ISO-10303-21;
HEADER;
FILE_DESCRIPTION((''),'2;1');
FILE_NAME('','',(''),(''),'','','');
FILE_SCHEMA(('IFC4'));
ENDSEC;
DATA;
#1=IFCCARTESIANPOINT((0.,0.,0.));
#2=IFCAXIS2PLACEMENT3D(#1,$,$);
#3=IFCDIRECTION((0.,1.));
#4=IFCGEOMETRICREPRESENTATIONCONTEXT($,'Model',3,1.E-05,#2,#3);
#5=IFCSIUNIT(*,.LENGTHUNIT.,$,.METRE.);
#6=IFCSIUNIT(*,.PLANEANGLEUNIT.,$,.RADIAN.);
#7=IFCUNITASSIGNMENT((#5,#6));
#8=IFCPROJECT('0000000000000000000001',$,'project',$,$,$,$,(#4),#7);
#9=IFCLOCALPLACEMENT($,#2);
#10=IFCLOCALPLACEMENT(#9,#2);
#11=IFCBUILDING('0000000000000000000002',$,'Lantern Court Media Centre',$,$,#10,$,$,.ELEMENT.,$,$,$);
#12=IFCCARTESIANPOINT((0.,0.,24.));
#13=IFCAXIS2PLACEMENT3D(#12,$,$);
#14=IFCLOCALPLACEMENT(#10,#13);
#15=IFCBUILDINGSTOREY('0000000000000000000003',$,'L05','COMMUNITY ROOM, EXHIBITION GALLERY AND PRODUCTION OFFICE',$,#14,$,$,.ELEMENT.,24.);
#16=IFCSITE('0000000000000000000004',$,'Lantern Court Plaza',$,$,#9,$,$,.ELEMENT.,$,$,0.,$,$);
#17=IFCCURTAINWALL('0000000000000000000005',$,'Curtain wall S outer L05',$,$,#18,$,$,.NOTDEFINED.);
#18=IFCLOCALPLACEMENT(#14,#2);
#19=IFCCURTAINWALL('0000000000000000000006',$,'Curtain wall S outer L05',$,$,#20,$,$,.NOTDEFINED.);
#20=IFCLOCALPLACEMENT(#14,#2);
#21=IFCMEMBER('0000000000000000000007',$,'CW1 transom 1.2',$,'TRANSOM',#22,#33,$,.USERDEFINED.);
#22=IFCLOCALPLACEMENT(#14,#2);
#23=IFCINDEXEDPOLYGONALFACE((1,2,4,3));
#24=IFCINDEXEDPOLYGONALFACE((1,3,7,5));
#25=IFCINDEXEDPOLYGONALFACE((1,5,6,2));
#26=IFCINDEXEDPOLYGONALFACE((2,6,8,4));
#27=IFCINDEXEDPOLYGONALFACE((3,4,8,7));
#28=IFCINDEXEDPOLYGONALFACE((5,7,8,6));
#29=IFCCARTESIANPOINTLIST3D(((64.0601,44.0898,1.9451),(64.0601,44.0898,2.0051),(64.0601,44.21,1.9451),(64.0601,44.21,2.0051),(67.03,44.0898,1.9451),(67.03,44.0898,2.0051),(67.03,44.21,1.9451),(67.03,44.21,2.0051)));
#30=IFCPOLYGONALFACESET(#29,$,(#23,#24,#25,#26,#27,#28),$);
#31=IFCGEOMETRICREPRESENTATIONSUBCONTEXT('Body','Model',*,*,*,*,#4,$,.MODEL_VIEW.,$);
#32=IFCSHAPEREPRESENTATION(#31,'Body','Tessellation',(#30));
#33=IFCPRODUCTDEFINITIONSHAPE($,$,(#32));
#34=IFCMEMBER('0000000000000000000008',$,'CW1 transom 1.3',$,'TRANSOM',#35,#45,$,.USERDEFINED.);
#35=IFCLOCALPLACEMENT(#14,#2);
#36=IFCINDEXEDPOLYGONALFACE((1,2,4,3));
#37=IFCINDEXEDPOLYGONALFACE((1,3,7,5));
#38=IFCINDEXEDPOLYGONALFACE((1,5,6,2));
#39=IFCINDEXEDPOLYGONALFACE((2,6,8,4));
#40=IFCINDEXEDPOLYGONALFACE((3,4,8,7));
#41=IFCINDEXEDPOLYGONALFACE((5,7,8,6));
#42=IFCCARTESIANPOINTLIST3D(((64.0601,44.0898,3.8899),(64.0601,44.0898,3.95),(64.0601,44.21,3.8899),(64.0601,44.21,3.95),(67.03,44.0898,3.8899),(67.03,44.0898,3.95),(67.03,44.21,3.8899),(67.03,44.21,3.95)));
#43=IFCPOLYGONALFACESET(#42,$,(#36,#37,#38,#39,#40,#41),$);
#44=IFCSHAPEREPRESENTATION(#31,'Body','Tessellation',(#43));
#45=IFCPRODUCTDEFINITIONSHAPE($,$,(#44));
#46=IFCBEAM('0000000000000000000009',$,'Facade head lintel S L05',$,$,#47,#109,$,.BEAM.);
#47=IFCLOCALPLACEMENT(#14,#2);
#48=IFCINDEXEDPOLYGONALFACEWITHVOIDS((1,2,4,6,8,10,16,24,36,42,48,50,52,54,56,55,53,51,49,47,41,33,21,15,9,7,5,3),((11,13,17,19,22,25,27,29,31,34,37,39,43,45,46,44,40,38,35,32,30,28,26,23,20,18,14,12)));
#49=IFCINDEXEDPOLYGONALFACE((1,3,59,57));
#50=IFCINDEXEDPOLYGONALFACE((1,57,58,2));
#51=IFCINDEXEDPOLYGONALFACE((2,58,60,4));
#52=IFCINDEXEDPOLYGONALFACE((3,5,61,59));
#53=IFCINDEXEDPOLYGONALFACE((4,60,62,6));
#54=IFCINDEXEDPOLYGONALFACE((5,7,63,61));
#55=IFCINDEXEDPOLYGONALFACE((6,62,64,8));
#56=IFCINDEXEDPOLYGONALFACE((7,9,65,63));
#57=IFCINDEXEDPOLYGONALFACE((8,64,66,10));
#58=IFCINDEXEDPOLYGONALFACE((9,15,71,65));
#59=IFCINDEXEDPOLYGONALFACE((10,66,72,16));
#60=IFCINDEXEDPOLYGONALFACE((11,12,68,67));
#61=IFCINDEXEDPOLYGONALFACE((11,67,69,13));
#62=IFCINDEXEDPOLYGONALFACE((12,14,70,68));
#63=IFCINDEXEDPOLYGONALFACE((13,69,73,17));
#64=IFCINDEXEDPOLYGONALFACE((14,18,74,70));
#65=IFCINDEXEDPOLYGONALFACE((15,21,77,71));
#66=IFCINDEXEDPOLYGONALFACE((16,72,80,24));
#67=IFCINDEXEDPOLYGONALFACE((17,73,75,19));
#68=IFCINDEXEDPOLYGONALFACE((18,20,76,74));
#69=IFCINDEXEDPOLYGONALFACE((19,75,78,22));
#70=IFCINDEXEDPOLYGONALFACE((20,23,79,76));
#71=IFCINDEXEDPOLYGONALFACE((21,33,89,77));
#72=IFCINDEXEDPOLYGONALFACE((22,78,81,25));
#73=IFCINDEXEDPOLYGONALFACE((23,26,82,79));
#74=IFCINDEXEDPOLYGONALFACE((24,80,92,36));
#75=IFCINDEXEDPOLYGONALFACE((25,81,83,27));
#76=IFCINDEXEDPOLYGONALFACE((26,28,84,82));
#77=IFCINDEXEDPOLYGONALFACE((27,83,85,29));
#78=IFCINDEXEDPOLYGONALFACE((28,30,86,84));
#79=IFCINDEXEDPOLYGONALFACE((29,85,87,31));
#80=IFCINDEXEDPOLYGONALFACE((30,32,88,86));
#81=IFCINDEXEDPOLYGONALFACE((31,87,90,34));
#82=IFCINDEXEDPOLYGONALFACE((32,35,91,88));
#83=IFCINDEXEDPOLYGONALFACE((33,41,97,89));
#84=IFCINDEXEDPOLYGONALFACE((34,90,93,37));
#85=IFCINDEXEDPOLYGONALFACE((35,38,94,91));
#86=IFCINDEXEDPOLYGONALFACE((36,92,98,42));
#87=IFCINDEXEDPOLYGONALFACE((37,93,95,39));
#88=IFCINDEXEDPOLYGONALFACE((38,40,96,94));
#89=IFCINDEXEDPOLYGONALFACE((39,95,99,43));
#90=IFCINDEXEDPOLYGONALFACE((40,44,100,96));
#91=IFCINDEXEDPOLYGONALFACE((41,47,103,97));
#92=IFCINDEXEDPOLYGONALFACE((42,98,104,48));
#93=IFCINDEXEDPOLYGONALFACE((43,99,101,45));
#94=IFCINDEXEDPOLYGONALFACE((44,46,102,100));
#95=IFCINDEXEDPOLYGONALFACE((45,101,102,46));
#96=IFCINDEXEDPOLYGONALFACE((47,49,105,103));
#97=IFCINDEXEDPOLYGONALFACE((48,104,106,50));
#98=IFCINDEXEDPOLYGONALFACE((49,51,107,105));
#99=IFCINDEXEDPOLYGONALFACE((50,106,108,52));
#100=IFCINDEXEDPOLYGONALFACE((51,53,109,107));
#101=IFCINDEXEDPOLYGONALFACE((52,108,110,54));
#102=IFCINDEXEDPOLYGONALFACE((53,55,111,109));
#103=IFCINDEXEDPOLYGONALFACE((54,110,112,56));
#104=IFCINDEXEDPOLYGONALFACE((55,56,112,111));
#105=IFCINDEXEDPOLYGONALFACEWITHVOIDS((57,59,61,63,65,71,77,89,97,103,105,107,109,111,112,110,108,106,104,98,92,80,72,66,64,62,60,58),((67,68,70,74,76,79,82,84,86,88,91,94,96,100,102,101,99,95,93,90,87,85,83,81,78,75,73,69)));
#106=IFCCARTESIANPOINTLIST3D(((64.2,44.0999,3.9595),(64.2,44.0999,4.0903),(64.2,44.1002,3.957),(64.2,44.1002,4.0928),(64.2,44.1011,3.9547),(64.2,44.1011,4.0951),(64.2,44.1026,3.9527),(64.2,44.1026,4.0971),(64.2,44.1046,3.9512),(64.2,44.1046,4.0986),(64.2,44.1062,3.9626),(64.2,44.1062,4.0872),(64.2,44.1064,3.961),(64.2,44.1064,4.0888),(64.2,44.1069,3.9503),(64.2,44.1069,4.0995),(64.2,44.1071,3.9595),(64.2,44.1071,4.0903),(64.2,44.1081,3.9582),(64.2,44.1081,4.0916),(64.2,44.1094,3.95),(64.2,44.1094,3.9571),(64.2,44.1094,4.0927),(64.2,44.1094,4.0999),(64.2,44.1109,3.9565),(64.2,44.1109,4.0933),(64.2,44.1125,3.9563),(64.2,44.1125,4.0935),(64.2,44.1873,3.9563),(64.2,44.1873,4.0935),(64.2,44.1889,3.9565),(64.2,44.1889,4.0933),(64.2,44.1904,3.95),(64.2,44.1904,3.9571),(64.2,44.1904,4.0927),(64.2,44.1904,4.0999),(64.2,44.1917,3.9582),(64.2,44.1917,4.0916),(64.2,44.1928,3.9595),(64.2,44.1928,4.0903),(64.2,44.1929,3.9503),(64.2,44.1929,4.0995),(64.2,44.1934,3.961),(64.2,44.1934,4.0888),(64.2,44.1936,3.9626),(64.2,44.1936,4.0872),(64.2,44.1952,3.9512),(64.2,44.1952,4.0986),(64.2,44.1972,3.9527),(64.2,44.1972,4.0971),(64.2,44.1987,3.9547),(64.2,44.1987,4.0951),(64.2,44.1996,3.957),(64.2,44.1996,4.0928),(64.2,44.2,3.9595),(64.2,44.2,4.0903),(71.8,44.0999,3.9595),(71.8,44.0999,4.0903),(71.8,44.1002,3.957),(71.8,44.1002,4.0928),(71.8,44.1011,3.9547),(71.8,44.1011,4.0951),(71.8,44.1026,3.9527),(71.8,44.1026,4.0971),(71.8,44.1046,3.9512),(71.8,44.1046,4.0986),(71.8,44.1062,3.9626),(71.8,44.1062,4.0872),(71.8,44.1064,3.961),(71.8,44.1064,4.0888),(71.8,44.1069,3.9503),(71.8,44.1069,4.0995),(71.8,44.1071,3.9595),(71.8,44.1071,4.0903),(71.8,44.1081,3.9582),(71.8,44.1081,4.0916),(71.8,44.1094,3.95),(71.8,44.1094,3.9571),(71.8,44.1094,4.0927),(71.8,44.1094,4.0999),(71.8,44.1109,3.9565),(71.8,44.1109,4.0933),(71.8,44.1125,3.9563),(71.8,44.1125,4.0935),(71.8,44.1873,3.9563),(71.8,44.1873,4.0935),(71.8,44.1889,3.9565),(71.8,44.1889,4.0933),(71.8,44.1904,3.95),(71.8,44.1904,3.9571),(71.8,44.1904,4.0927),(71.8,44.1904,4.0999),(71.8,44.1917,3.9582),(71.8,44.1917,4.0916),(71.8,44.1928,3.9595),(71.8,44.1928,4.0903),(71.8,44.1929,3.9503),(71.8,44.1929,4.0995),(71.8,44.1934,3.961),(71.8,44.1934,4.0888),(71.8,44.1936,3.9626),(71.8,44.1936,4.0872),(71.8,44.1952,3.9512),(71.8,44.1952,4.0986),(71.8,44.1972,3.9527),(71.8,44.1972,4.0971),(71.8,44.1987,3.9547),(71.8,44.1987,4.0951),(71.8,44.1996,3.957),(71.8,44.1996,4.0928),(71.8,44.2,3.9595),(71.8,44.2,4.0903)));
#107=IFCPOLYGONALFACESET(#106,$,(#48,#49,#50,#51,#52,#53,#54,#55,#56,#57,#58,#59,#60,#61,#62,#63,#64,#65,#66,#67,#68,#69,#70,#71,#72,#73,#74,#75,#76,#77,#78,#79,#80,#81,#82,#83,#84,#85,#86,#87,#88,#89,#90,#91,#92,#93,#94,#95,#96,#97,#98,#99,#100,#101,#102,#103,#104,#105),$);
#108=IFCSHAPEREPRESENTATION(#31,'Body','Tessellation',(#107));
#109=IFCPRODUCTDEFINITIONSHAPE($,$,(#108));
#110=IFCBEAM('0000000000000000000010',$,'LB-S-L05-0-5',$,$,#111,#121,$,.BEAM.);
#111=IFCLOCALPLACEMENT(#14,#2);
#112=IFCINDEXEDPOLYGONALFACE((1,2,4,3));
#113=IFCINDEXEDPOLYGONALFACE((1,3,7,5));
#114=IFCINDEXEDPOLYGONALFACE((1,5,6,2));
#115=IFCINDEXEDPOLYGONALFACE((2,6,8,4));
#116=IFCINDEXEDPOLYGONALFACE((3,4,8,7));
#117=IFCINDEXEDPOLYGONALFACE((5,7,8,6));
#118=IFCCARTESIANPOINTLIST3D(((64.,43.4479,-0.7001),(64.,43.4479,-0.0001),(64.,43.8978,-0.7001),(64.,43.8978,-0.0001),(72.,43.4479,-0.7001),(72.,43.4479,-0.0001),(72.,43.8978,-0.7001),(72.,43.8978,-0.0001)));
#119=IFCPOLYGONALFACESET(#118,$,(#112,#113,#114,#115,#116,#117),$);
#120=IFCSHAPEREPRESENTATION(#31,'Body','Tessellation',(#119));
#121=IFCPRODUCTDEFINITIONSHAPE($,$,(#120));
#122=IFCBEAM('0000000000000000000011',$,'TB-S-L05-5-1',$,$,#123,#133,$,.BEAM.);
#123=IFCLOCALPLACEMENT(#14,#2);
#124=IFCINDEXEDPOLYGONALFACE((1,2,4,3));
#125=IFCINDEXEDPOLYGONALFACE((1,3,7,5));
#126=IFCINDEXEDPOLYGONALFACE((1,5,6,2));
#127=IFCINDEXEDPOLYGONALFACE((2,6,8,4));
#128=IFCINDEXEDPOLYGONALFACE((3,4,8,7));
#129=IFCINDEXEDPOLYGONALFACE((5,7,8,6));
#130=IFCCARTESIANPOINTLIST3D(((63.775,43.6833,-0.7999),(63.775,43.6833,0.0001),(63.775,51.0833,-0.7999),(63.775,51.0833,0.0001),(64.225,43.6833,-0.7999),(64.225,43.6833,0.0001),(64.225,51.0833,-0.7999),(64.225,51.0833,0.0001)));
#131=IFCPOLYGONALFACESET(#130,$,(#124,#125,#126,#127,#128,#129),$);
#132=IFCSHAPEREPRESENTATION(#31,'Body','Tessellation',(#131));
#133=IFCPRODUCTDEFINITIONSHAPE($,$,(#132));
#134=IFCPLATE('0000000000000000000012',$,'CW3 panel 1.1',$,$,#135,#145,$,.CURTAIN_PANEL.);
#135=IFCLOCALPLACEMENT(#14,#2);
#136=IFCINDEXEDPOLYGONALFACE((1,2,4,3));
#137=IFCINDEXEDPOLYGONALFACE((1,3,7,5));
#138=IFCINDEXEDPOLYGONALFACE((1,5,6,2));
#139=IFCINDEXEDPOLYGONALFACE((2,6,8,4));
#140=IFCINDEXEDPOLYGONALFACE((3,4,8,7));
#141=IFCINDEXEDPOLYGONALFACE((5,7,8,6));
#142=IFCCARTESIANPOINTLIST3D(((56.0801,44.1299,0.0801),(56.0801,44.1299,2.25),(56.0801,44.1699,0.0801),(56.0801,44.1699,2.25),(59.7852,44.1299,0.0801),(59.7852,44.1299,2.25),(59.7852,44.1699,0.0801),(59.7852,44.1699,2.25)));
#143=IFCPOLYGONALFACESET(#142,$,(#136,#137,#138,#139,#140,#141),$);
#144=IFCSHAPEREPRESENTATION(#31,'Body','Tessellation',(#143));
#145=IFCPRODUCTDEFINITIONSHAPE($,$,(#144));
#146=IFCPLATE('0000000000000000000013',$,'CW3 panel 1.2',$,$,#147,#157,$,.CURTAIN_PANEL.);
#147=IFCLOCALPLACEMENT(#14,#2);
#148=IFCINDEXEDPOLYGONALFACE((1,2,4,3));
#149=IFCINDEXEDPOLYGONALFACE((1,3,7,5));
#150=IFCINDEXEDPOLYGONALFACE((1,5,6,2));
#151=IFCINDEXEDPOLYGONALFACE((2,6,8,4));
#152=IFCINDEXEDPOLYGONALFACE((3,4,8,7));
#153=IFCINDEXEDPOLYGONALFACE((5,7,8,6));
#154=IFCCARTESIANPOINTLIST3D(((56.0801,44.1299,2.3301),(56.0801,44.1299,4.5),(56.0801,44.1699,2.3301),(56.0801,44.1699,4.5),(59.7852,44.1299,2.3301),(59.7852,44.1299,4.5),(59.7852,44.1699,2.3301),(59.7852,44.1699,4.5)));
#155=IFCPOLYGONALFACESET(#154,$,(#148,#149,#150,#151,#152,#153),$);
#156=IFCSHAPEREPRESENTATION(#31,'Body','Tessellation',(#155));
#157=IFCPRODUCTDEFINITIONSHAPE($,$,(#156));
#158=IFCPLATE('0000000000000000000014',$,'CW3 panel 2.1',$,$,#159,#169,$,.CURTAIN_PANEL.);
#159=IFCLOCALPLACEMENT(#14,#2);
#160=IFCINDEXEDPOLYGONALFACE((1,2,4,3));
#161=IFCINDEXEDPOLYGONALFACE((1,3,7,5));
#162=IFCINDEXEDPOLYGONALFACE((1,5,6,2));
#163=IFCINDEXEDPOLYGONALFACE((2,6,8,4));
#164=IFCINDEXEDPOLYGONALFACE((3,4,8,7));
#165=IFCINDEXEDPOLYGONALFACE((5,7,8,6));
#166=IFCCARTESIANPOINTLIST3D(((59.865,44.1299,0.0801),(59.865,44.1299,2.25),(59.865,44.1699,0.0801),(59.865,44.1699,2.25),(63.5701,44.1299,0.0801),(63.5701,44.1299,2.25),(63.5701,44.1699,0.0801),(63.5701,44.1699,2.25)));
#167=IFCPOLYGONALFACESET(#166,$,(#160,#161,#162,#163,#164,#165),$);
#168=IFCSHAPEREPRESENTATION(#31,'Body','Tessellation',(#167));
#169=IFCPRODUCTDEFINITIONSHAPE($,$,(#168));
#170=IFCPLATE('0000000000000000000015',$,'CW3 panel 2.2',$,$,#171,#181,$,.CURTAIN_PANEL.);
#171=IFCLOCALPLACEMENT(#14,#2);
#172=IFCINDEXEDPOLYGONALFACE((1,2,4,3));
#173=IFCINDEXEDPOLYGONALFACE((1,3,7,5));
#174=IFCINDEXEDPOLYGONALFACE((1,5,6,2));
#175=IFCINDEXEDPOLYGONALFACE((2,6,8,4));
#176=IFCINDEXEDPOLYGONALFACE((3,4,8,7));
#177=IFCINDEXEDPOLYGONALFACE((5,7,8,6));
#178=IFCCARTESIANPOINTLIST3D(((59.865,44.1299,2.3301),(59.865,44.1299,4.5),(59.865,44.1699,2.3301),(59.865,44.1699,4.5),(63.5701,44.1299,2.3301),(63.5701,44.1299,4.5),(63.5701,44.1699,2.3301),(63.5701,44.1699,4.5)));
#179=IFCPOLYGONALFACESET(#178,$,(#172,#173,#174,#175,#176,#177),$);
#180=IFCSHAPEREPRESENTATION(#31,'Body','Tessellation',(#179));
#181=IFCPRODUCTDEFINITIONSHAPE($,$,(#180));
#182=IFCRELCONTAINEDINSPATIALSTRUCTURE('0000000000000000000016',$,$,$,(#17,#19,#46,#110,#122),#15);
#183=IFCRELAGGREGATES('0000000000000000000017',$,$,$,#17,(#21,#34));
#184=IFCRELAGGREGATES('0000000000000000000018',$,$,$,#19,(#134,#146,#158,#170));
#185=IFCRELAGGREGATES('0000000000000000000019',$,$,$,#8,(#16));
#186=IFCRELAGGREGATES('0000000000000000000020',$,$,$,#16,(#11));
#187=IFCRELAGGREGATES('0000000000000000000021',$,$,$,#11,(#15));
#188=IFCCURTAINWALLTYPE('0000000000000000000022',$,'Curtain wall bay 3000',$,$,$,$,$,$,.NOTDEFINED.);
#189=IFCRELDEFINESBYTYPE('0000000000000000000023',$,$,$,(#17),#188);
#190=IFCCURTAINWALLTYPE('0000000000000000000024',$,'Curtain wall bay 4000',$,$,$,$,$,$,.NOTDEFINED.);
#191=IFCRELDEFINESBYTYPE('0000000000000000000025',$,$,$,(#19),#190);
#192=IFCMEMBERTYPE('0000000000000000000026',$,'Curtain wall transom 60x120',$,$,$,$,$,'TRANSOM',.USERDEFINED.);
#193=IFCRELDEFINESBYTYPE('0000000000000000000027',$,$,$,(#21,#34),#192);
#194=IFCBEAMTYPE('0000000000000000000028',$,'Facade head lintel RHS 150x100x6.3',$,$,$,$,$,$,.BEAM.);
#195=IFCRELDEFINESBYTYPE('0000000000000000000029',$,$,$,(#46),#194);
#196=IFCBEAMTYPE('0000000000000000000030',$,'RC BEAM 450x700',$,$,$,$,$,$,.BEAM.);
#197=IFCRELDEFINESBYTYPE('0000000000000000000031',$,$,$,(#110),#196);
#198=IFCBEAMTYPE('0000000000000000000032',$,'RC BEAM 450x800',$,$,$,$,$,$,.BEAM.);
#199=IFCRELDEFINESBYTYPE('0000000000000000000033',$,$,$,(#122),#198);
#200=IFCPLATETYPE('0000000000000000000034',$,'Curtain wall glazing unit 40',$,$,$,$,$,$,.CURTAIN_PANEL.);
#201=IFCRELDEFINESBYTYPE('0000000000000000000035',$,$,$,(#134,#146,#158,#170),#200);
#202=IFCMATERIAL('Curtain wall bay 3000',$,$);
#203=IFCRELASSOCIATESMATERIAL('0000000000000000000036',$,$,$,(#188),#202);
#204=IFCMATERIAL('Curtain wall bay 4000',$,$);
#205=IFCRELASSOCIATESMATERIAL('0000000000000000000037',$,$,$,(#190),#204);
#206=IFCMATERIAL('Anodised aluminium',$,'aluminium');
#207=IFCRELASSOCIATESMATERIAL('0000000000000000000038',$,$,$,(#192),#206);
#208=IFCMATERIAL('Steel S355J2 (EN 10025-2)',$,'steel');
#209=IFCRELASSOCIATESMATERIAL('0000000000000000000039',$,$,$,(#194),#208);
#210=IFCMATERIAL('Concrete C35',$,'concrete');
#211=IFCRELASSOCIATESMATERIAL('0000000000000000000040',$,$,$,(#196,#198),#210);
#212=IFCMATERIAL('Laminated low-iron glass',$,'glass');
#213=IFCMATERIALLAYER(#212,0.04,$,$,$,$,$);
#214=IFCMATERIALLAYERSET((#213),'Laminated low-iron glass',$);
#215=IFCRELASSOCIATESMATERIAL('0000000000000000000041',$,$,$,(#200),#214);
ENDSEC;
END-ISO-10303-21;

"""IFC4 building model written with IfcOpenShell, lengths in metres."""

from ifc_helpers import new_model, si_unit, direction, frame, origin, origin_2d, place, context, subcontext, project, spatial, rectangle, hollow_rectangle, extrude, material, layer, layer_set, material_profile, profile_set, type_object, element, aggregate, save


model = new_model("IFC4")

# Units and contexts
model_context = context("Model", 3, precision=1e-05, world=origin(), true_north=direction((0.0, 1.0)))
body_context = subcontext(model_context, "Body", "Model", "MODEL_VIEW")
ifc_project = project(units=[si_unit("LENGTHUNIT", "METRE"), si_unit("PLANEANGLEUNIT", "RADIAN")], contexts=[model_context])

# Site, building, storey
site_placement = place(None, origin())
site = spatial("IfcSite", under=ifc_project, at=site_placement, Name="Lantern Court Plaza", CompositionType="ELEMENT", RefElevation=0.0)
building_placement = place(site_placement, origin())
building = spatial("IfcBuilding", under=site, at=building_placement, Name="Lantern Court Media Centre", CompositionType="ELEMENT")
storey_placement = place(building_placement, frame((0.0, 0.0, 24.0)))
storey = spatial("IfcBuildingStorey", under=building, at=storey_placement, Name="L05", Description="COMMUNITY ROOM, EXHIBITION GALLERY AND PRODUCTION OFFICE", CompositionType="ELEMENT", Elevation=24.0)

# Shared definitions
ifc_material_1 = material(Name="Concrete C35", Category="concrete")

# Curtain wall
ifc_material_2 = material(Name="Curtain wall bay 3000")
curtain_wall_type_1 = type_object("IfcCurtainWallType", Name="Curtain wall bay 3000", PredefinedType="NOTDEFINED", material=ifc_material_2)
curtain_wall_1_placement = place(storey_placement, origin())
curtain_wall_1 = element("IfcCurtainWall", 1, at=curtain_wall_1_placement, inside=storey, type_object=curtain_wall_type_1, Name="Curtain wall S outer L05", PredefinedType="NOTDEFINED")
ifc_material_3 = material(Name="Anodised aluminium", Category="aluminium")

# Curtain wall
ifc_material_4 = material(Name="Curtain wall bay 4000")
curtain_wall_type_2 = type_object("IfcCurtainWallType", Name="Curtain wall bay 4000", PredefinedType="NOTDEFINED", material=ifc_material_4)
curtain_wall_2_placement = place(storey_placement, origin())
curtain_wall_2 = element("IfcCurtainWall", 2, at=curtain_wall_2_placement, inside=storey, type_object=curtain_wall_type_2, Name="Curtain wall S outer L05", PredefinedType="NOTDEFINED")

# Members
ifc_material_profile_1 = material_profile(ifc_material_3, rectangle(XDim=0.1201, YDim=0.0601, at=origin_2d()), Name="AL 60x120")
ifc_profile_set_1 = profile_set([ifc_material_profile_1], Name="Anodised aluminium")
member_type_1 = type_object("IfcMemberType", Name="Curtain wall transom 60x120", ElementType="TRANSOM", PredefinedType="USERDEFINED", material=ifc_profile_set_1)
member_1_placement = place(storey_placement, frame((64.0601, 44.1499, 1.9751), z_axis=(1.0, 0.0, 0.0), x_axis=(0.0, 1.0, 0.0)))
member_1 = element("IfcMember", 3, at=member_1_placement, type_object=member_type_1, Name="CW1 transom 1.2", ObjectType="TRANSOM", PredefinedType="USERDEFINED", context=body_context, shape_type="SweptSolid", body=[
    extrude(rectangle(XDim=0.1201, YDim=0.0601, at=origin_2d()), origin(), (0.0, 0.0, 1.0), 2.97),
])
member_2_placement = place(storey_placement, frame((64.0601, 44.1499, 3.9199), z_axis=(1.0, 0.0, 0.0), x_axis=(0.0, 1.0, 0.0)))
member_2 = element("IfcMember", 4, at=member_2_placement, type_object=member_type_1, Name="CW1 transom 1.3", ObjectType="TRANSOM", PredefinedType="USERDEFINED", context=body_context, shape_type="SweptSolid", body=[
    extrude(rectangle(XDim=0.1201, YDim=0.0601, at=origin_2d()), origin(), (0.0, 0.0, 1.0), 2.97),
])
aggregate(curtain_wall_1, [member_1, member_2])

# Beams
ifc_material_5 = material(Name="Steel S355J2 (EN 10025-2)", Category="steel")
ifc_material_profile_2 = material_profile(ifc_material_5, hollow_rectangle(XDim=0.1001, YDim=0.1499, WallThickness=0.0063, InnerFilletRadius=0.0063, OuterFilletRadius=0.0095, at=origin_2d()), Name="Facade head lintel RHS 150x100x6.3")
ifc_profile_set_2 = profile_set([ifc_material_profile_2], Name="Steel S355J2 (EN 10025-2)")
beam_type_1 = type_object("IfcBeamType", Name="Facade head lintel RHS 150x100x6.3", PredefinedType="BEAM", material=ifc_profile_set_2)
beam_1_placement = place(storey_placement, frame((64.2, 44.1499, 4.0249), z_axis=(1.0, 0.0, 0.0), x_axis=(0.0, 1.0, 0.0)))
element("IfcBeam", 5, at=beam_1_placement, inside=storey, type_object=beam_type_1, Name="Facade head lintel S L05", PredefinedType="BEAM", context=body_context, shape_type="SweptSolid", body=[
    extrude(hollow_rectangle(XDim=0.1001, YDim=0.1499, WallThickness=0.0063, InnerFilletRadius=0.0063, OuterFilletRadius=0.0095, at=origin_2d()), origin(), (0.0, 0.0, 1.0), 7.6001),
])
ifc_material_profile_3 = material_profile(ifc_material_1, rectangle(XDim=0.45, YDim=0.7, at=origin_2d()), Name="RC 450x700")
ifc_profile_set_3 = profile_set([ifc_material_profile_3], Name="Concrete C35")
beam_type_2 = type_object("IfcBeamType", Name="RC BEAM 450x700", PredefinedType="BEAM", material=ifc_profile_set_3)
beam_2_placement = place(storey_placement, frame((64.0, 43.6729, -0.3501), z_axis=(1.0, 0.0, 0.0), x_axis=(0.0, 1.0, 0.0)))
element("IfcBeam", 6, at=beam_2_placement, inside=storey, type_object=beam_type_2, Name="LB-S-L05-0-5", PredefinedType="BEAM", context=body_context, shape_type="SweptSolid", body=[
    extrude(rectangle(XDim=0.45, YDim=0.7, at=origin_2d()), origin(), (0.0, 0.0, 1.0), 8.0),
])
ifc_material_profile_4 = material_profile(ifc_material_1, rectangle(XDim=0.45, YDim=0.8, at=origin_2d()), Name="RC 450x800")
ifc_profile_set_4 = profile_set([ifc_material_profile_4], Name="Concrete C35")
beam_type_3 = type_object("IfcBeamType", Name="RC BEAM 450x800", PredefinedType="BEAM", material=ifc_profile_set_4)
beam_3_placement = place(storey_placement, frame((64.0, 43.6833, -0.3999), z_axis=(0.0, 1.0, 0.0), x_axis=(-1.0, 0.0, 0.0)))
element("IfcBeam", 7, at=beam_3_placement, inside=storey, type_object=beam_type_3, Name="TB-S-L05-5-1", PredefinedType="BEAM", context=body_context, shape_type="SweptSolid", body=[
    extrude(rectangle(XDim=0.45, YDim=0.8, at=origin_2d()), origin(), (0.0, 0.0, 1.0), 7.3999),
])

# Plates
ifc_material_6 = material(Name="Laminated low-iron glass", Category="glass")
ifc_layer_1 = layer(ifc_material_6, 0.04)
ifc_layer_set_1 = layer_set([ifc_layer_1], Name="Laminated low-iron glass")
plate_type = type_object("IfcPlateType", Name="Curtain wall glazing unit 40", PredefinedType="CURTAIN_PANEL", material=ifc_layer_set_1)
plate_1_placement = place(storey_placement, frame((57.9326, 44.1499, 0.0801), z_axis=(0.0, 0.0, 1.0), x_axis=(1.0, 0.0, 0.0)))
plate_1 = element("IfcPlate", 8, at=plate_1_placement, type_object=plate_type, Name="CW3 panel 1.1", PredefinedType="CURTAIN_PANEL", context=body_context, shape_type="SweptSolid", body=[
    extrude(rectangle(XDim=3.7051, YDim=0.04, at=origin_2d()), origin(), (0.0, 0.0, 1.0), 2.1699),
])
plate_2_placement = place(storey_placement, frame((57.9326, 44.1499, 2.3301), z_axis=(0.0, 0.0, 1.0), x_axis=(1.0, 0.0, 0.0)))
plate_2 = element("IfcPlate", 9, at=plate_2_placement, type_object=plate_type, Name="CW3 panel 1.2", PredefinedType="CURTAIN_PANEL", context=body_context, shape_type="SweptSolid", body=[
    extrude(rectangle(XDim=3.7051, YDim=0.04, at=origin_2d()), origin(), (0.0, 0.0, 1.0), 2.1699),
])
plate_3_placement = place(storey_placement, frame((61.7175, 44.1499, 0.0801), z_axis=(0.0, 0.0, 1.0), x_axis=(1.0, 0.0, 0.0)))
plate_3 = element("IfcPlate", 10, at=plate_3_placement, type_object=plate_type, Name="CW3 panel 2.1", PredefinedType="CURTAIN_PANEL", context=body_context, shape_type="SweptSolid", body=[
    extrude(rectangle(XDim=3.7051, YDim=0.04, at=origin_2d()), origin(), (0.0, 0.0, 1.0), 2.1699),
])
plate_4_placement = place(storey_placement, frame((61.7175, 44.1499, 2.3301), z_axis=(0.0, 0.0, 1.0), x_axis=(1.0, 0.0, 0.0)))
plate_4 = element("IfcPlate", 11, at=plate_4_placement, type_object=plate_type, Name="CW3 panel 2.2", PredefinedType="CURTAIN_PANEL", context=body_context, shape_type="SweptSolid", body=[
    extrude(rectangle(XDim=3.7051, YDim=0.04, at=origin_2d()), origin(), (0.0, 0.0, 1.0), 2.1699),
])
aggregate(curtain_wall_2, [plate_1, plate_2, plate_3, plate_4])

save(model, "model.ifc")
